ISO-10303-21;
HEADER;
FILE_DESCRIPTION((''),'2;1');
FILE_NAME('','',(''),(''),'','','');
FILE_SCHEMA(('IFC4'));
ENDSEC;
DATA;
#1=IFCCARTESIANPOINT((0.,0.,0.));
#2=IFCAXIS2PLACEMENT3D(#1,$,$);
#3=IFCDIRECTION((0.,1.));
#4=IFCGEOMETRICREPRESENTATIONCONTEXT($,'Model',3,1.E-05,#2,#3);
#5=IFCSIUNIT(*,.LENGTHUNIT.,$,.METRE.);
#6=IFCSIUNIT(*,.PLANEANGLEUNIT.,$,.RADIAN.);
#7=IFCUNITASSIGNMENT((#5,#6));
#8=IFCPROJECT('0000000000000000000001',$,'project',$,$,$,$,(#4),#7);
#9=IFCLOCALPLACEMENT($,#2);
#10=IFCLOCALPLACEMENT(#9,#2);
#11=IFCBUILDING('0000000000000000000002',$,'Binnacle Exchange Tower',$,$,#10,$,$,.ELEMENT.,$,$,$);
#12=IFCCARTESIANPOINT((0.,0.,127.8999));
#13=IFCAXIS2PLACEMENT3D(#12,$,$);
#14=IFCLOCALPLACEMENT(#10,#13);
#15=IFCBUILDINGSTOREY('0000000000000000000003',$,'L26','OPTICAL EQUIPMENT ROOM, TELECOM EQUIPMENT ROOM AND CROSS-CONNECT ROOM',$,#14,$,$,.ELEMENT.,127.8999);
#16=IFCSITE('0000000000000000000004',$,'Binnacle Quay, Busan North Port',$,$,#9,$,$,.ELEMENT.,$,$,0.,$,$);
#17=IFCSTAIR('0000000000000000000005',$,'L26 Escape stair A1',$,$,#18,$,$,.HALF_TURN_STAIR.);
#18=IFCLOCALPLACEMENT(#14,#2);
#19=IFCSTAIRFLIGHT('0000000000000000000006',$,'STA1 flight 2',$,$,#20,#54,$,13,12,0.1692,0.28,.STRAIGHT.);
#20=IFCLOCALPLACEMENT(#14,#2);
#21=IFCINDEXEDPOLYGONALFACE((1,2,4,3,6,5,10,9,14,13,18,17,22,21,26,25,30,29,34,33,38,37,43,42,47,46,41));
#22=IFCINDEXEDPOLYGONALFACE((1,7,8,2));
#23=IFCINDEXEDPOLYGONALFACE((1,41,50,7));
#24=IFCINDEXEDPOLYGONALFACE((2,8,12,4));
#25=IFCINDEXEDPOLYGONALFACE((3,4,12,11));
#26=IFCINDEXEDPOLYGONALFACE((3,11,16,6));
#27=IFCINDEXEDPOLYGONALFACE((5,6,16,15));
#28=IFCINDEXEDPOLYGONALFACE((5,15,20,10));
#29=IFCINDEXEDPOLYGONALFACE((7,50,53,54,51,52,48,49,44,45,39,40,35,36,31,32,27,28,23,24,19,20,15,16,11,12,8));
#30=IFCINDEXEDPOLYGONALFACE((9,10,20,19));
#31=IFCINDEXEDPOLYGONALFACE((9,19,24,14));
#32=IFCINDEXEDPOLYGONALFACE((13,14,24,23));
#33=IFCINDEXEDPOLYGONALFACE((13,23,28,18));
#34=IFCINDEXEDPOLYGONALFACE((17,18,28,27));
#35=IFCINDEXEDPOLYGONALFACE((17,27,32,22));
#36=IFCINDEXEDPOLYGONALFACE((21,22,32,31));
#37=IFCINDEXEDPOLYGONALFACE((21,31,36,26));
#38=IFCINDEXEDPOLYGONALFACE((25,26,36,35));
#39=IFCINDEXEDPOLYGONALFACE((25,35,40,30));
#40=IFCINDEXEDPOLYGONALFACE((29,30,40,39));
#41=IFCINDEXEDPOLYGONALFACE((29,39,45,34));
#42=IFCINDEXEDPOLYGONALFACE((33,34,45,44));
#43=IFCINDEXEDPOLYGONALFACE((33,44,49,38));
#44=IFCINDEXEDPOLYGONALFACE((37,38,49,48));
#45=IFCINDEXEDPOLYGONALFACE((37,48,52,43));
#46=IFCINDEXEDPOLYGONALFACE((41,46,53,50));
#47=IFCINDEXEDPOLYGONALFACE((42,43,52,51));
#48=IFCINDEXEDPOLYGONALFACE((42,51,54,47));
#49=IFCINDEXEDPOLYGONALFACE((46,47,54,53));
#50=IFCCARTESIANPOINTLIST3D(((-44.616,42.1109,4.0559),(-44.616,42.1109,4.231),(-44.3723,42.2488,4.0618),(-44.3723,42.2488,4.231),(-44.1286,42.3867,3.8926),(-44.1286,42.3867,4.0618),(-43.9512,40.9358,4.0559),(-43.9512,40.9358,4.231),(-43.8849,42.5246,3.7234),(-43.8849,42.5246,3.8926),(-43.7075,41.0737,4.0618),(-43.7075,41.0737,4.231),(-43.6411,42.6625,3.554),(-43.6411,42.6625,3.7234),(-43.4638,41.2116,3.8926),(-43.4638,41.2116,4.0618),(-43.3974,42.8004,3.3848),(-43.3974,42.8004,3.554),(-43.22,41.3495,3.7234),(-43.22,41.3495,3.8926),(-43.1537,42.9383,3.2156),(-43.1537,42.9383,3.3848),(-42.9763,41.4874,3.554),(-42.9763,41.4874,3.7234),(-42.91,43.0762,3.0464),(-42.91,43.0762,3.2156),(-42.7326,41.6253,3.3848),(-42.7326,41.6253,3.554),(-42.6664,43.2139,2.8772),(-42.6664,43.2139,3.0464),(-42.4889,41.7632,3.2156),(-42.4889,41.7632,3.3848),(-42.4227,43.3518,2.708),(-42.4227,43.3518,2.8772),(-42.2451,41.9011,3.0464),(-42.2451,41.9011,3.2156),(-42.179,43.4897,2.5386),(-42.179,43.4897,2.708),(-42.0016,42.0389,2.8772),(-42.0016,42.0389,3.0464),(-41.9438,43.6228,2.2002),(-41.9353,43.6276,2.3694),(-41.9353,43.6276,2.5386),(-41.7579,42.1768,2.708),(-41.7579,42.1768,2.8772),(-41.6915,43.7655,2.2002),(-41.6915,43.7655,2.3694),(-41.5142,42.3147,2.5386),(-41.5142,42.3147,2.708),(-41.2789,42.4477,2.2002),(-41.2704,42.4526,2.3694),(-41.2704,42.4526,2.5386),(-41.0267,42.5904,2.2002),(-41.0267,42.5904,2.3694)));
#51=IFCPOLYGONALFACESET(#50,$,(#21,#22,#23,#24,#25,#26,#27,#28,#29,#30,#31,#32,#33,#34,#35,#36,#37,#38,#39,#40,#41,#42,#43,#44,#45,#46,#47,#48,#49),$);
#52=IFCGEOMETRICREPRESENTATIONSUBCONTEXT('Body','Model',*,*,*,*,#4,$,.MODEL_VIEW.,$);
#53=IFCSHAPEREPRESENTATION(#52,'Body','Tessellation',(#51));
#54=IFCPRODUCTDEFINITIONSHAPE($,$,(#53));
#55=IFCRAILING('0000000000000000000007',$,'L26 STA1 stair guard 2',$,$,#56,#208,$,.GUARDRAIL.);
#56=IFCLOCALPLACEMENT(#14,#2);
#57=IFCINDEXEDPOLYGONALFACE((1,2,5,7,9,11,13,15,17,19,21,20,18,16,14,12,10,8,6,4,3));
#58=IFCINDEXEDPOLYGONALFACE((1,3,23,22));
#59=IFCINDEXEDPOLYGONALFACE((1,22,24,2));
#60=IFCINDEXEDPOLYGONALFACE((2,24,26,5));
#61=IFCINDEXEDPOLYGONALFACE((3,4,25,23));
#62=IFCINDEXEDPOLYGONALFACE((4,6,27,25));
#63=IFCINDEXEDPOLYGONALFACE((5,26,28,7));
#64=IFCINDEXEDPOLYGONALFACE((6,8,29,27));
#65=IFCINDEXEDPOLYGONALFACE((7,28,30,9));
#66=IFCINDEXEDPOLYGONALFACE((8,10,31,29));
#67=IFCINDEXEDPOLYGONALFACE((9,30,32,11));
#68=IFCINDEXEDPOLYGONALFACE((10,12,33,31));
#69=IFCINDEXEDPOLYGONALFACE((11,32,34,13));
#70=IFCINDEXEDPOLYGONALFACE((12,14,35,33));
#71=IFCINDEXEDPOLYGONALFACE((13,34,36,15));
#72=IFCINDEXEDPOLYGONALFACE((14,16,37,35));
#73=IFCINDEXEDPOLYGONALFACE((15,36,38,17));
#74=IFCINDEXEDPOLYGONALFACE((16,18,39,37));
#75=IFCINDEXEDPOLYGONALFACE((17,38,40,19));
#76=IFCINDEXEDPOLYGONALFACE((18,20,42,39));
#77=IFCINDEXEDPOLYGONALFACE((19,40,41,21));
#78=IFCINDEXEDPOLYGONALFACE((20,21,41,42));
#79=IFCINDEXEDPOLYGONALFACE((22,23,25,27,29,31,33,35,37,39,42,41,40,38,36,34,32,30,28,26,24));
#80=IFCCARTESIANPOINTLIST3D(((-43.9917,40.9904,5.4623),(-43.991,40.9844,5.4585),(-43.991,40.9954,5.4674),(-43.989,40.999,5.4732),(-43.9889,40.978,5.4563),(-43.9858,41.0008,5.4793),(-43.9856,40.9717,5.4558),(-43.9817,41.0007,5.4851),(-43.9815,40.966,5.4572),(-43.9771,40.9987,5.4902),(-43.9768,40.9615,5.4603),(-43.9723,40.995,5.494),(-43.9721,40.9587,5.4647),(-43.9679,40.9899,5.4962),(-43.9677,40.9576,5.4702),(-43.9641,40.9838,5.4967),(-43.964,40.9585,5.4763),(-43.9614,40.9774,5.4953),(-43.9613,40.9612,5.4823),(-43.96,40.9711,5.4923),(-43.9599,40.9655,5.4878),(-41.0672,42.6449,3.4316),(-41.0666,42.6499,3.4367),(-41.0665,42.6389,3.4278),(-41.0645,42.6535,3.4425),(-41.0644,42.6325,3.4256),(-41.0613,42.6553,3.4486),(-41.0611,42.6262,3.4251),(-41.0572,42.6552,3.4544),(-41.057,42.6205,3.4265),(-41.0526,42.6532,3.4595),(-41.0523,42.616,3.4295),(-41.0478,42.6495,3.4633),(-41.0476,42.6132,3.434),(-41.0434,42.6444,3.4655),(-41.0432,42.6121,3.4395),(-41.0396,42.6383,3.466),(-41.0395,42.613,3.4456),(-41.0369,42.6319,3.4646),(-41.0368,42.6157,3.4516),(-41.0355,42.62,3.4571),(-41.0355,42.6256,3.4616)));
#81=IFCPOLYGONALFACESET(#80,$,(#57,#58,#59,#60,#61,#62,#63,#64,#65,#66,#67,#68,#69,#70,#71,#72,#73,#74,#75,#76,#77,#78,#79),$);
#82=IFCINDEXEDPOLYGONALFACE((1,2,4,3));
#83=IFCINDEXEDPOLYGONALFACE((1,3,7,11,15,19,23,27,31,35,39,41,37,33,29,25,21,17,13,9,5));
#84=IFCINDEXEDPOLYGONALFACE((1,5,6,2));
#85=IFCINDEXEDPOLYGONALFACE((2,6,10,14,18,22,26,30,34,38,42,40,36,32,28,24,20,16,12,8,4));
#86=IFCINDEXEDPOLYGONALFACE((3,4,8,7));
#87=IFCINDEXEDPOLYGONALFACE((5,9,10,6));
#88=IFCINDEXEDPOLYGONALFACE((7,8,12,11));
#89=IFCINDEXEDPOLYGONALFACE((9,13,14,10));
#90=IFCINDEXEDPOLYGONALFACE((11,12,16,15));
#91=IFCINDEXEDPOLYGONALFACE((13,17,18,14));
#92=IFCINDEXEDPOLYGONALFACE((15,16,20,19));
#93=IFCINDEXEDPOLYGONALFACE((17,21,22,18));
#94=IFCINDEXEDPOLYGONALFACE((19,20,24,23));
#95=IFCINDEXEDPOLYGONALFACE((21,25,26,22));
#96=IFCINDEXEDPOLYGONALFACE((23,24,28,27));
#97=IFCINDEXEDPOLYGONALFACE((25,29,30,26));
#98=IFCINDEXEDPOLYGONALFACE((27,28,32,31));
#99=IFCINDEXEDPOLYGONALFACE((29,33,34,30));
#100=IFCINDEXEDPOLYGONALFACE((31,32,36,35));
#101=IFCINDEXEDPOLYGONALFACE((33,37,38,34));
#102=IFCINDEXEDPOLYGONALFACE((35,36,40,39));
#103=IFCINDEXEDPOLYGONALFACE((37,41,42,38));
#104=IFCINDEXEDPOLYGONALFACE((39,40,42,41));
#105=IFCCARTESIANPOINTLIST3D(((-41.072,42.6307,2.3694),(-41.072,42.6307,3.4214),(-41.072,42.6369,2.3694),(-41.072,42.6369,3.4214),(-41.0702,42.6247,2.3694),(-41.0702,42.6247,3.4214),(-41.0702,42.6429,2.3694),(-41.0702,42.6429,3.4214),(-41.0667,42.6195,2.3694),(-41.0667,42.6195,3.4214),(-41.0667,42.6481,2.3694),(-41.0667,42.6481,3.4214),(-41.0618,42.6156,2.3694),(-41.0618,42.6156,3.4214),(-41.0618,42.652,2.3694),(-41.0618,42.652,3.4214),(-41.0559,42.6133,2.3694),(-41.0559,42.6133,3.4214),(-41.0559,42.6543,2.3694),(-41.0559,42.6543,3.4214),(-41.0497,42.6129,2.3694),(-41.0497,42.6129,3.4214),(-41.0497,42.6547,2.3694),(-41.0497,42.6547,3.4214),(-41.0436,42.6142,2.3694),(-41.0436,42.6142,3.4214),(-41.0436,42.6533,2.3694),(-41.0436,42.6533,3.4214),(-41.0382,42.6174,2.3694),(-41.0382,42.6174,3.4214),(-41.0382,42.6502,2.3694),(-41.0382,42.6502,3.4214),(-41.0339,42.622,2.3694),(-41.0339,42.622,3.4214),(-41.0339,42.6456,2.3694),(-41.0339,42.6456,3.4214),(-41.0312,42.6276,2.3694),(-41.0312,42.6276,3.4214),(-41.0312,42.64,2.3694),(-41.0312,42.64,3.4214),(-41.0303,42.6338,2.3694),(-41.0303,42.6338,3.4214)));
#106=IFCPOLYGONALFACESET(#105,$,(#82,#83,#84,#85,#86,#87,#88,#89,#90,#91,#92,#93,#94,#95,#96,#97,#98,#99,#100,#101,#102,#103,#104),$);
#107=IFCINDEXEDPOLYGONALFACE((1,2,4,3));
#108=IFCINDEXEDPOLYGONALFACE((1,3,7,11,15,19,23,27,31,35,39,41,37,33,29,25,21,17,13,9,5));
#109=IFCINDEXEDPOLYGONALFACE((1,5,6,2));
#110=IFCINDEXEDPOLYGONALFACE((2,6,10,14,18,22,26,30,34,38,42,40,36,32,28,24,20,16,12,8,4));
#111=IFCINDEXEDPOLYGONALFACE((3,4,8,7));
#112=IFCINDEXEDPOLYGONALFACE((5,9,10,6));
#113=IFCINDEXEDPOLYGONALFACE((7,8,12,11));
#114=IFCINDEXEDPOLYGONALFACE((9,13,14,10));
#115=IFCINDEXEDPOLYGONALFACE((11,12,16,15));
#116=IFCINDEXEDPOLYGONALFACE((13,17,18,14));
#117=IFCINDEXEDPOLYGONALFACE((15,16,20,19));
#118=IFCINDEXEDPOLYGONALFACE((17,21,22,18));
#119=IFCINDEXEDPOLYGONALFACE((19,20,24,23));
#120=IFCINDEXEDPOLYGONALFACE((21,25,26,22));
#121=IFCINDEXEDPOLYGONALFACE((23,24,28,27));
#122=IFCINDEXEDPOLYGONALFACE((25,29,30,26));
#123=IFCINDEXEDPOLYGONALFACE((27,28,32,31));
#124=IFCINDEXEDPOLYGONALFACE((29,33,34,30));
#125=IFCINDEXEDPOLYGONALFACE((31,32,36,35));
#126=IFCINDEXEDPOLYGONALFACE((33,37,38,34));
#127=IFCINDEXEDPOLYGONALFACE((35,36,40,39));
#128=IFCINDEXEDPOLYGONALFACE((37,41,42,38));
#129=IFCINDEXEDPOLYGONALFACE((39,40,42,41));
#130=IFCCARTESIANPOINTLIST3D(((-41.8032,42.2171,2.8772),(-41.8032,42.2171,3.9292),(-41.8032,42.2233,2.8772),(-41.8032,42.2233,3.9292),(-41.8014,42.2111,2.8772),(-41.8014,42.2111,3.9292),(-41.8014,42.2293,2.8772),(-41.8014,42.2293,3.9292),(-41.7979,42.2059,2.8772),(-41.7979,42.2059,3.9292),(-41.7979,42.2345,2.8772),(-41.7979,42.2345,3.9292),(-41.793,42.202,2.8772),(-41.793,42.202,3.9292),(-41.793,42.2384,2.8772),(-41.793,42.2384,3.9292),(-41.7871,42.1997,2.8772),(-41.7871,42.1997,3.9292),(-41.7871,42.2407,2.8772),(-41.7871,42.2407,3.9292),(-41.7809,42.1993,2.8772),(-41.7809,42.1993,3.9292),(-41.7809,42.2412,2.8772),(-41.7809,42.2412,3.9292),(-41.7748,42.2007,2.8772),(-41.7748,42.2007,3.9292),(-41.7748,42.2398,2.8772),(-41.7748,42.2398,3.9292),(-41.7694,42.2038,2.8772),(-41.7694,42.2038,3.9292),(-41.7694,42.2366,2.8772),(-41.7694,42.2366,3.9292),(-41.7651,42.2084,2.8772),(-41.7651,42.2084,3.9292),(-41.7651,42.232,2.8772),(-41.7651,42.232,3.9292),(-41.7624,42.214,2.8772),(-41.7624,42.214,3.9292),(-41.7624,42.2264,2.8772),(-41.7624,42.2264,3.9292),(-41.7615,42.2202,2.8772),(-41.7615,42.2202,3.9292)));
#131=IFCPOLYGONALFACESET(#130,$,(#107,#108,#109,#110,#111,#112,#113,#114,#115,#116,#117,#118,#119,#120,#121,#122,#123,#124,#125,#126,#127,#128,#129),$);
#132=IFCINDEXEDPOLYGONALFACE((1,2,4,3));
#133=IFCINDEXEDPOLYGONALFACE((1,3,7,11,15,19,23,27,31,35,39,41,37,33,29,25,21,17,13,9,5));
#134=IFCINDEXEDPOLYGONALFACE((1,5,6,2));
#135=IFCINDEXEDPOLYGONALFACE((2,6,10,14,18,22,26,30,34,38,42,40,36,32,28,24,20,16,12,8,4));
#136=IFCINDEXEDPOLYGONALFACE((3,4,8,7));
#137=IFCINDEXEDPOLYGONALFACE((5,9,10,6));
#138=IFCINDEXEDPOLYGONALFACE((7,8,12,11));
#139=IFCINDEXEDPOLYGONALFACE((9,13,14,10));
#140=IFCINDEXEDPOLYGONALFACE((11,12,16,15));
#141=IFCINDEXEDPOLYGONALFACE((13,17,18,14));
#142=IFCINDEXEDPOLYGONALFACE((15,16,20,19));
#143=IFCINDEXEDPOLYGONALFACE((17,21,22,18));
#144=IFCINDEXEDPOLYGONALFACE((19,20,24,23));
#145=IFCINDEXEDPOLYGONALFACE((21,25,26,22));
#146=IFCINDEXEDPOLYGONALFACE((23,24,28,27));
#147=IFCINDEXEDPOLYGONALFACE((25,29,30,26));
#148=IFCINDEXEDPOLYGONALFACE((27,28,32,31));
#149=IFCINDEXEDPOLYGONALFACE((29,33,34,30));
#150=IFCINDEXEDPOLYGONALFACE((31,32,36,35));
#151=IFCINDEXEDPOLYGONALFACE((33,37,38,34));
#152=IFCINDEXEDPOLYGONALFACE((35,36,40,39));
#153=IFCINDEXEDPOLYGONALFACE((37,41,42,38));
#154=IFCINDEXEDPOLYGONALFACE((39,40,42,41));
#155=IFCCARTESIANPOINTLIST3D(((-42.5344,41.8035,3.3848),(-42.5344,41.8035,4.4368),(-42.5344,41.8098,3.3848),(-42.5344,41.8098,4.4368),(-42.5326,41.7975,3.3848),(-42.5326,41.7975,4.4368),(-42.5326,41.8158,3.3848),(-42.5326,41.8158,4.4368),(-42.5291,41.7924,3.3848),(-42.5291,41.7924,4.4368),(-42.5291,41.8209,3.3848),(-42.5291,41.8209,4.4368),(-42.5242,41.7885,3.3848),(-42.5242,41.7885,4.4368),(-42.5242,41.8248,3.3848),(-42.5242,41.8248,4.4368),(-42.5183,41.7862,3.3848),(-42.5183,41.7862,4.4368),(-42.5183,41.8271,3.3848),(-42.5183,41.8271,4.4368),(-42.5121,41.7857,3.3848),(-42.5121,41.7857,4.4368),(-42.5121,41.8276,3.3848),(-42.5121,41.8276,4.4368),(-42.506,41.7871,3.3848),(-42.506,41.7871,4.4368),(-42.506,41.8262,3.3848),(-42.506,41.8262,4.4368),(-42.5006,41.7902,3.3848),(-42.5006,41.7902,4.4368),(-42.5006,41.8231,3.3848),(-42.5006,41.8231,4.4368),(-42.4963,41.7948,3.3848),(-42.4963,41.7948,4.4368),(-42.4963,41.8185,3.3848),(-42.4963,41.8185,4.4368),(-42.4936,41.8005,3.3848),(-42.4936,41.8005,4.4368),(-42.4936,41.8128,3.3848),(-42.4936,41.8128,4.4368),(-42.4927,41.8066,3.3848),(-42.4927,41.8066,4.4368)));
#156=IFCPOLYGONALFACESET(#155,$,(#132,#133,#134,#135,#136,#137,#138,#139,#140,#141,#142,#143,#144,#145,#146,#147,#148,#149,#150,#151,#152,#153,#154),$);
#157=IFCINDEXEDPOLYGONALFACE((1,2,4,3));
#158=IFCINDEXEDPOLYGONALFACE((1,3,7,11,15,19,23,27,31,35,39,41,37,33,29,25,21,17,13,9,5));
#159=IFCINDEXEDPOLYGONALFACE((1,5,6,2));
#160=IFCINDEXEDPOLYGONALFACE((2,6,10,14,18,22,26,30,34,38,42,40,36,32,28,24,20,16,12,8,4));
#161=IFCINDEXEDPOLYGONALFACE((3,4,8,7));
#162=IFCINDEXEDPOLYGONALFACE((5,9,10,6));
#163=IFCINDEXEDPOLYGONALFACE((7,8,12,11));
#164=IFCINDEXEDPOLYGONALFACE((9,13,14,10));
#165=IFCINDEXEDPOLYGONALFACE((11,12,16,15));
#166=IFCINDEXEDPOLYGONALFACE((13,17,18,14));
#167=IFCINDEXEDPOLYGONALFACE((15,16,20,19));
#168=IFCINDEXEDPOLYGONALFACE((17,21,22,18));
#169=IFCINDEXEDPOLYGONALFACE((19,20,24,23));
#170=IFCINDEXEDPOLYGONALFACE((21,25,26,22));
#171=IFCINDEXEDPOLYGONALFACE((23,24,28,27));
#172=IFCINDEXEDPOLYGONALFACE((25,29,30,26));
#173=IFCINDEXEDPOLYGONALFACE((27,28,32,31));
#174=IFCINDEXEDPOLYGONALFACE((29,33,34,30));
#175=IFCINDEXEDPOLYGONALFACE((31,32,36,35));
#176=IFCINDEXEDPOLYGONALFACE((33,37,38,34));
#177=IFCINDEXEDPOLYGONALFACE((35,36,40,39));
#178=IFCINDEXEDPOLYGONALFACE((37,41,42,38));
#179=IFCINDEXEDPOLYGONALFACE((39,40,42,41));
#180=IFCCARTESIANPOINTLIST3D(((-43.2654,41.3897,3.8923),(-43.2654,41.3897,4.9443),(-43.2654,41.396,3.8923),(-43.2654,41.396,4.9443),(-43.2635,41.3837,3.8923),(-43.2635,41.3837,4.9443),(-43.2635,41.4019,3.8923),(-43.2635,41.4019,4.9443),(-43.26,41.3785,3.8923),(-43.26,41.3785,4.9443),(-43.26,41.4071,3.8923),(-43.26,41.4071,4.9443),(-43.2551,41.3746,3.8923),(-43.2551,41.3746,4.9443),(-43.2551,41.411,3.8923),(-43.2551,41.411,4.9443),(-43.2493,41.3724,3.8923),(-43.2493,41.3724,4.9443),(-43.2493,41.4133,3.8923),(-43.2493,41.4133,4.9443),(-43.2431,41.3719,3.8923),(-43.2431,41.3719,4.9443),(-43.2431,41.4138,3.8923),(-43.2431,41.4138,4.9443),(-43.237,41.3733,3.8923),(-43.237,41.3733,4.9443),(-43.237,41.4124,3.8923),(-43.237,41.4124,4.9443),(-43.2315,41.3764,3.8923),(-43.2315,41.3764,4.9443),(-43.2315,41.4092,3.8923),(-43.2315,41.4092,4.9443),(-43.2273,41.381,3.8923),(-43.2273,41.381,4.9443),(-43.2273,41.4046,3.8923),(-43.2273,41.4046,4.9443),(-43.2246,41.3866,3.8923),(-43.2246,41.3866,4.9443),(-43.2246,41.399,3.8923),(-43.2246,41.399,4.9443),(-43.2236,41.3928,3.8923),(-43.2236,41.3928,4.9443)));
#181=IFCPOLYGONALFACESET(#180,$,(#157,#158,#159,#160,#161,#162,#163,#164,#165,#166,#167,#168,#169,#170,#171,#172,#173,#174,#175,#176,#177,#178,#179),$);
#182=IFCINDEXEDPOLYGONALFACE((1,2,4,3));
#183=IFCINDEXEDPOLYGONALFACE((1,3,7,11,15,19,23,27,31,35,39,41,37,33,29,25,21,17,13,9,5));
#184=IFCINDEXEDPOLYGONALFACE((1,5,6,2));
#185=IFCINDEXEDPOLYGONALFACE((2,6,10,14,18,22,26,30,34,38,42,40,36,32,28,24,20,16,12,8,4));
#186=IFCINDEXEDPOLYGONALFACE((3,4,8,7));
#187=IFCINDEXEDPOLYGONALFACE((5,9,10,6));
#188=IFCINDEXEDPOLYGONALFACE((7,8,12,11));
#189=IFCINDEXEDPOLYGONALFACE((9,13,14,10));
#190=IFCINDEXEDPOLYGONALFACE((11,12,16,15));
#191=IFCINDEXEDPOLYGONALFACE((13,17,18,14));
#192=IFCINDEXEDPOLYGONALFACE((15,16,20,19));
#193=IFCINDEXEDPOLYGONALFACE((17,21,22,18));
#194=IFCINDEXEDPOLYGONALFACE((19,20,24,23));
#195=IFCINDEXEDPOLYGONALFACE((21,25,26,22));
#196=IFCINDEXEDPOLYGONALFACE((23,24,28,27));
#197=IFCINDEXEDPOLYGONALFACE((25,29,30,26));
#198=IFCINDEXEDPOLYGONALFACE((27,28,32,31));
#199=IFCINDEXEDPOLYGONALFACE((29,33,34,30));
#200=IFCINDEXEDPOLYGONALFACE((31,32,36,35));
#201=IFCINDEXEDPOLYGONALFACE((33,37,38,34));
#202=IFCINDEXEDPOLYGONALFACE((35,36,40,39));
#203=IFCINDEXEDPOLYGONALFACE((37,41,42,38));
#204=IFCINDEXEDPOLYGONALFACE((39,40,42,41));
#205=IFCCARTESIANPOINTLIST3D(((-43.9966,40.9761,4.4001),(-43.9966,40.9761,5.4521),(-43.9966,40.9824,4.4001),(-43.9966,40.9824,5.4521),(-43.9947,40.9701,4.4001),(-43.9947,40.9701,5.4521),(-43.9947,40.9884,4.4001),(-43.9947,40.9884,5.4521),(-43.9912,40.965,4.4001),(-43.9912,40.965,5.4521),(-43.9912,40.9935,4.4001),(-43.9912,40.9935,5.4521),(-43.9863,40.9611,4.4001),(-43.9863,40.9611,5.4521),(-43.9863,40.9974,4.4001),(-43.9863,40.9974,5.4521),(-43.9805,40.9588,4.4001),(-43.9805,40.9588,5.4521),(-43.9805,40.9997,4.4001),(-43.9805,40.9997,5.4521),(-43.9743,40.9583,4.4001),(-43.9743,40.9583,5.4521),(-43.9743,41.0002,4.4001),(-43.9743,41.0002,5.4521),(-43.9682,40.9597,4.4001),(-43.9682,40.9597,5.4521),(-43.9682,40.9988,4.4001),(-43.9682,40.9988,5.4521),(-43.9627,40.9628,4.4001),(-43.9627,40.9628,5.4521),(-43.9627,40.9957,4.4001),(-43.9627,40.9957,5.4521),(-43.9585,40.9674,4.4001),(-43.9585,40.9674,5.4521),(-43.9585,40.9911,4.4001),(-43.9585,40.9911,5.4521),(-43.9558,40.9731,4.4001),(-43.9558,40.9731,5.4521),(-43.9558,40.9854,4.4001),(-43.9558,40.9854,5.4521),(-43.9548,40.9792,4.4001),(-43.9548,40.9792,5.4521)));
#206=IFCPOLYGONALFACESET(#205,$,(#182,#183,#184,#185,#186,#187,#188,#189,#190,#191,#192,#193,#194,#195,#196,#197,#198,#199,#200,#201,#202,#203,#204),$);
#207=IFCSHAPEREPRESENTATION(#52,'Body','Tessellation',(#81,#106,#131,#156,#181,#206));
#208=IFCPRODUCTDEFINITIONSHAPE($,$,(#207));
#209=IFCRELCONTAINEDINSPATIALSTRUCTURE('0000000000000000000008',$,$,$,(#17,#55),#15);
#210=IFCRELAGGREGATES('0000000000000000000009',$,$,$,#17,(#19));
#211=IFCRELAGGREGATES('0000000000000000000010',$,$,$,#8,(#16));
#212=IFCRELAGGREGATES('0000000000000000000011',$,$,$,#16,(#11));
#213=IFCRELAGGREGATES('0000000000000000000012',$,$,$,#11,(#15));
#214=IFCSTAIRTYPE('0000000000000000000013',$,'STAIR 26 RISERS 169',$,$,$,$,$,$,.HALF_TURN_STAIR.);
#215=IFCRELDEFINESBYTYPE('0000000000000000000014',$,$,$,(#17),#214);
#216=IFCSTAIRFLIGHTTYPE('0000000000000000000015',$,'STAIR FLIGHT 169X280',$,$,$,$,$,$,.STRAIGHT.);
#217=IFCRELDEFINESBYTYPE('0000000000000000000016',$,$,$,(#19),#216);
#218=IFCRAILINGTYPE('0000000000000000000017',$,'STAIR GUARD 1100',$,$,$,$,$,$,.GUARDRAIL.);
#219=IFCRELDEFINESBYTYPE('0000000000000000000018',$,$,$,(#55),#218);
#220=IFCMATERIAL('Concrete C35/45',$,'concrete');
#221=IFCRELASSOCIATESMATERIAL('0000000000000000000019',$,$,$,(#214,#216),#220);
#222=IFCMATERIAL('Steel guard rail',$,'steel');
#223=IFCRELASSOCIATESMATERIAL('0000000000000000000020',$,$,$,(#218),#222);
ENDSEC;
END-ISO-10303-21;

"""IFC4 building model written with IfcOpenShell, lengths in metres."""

from ifc_helpers import new_model, si_unit, direction, frame, origin, origin_2d, place, context, subcontext, project, spatial, polyline, circle, outline, extrude, material, type_object, element, aggregate, save


model = new_model("IFC4")

# Units and contexts
model_context = context("Model", 3, precision=1e-05, world=origin(), true_north=direction((0.0, 1.0)))
body_context = subcontext(model_context, "Body", "Model", "MODEL_VIEW")
ifc_project = project(units=[si_unit("LENGTHUNIT", "METRE"), si_unit("PLANEANGLEUNIT", "RADIAN")], contexts=[model_context])

# Site, building, storey
site_placement = place(None, origin())
site = spatial("IfcSite", under=ifc_project, at=site_placement, Name="Binnacle Quay, Busan North Port", CompositionType="ELEMENT", RefElevation=0.0)
building_placement = place(site_placement, origin())
building = spatial("IfcBuilding", under=site, at=building_placement, Name="Binnacle Exchange Tower", CompositionType="ELEMENT")
storey_placement = place(building_placement, frame((0.0, 0.0, 127.8999)))
storey = spatial("IfcBuildingStorey", under=building, at=storey_placement, Name="L26", Description="OPTICAL EQUIPMENT ROOM, TELECOM EQUIPMENT ROOM AND CROSS-CONNECT ROOM", CompositionType="ELEMENT", Elevation=127.8999)

# Stair, stair flight
ifc_material_1 = material(Name="Concrete C35/45", Category="concrete")
stair_type = type_object("IfcStairType", Name="STAIR 26 RISERS 169", PredefinedType="HALF_TURN_STAIR", material=ifc_material_1)
stair_placement = place(storey_placement, origin())
stair = element("IfcStair", 1, at=stair_placement, inside=storey, type_object=stair_type, Name="L26 Escape stair A1", PredefinedType="HALF_TURN_STAIR")
stair_flight_type = type_object("IfcStairFlightType", Name="STAIR FLIGHT 169X280", PredefinedType="STRAIGHT", material=ifc_material_1)
stair_flight_1_placement = place(storey_placement, frame((-41.3591, 43.178, 2.2002), z_axis=(0.0, 0.0, 1.0), x_axis=(-0.870356, -0.492424, 0.0)))
stair_flight_1 = element("IfcStairFlight", 2, at=stair_flight_1_placement, type_object=stair_flight_type, Name="STA1 flight 2", NumberOfRisers=13, NumberOfTreads=12, PredefinedType="STRAIGHT", RiserHeight=0.1692, TreadLength=0.28, context=body_context, shape_type="SweptSolid", body=[
    extrude(outline(polyline([(0.0, 0.0), (0.0, 0.1692), (0.28, 0.1692), (0.28, 0.3384), (0.5601, 0.3384), (0.5601, 0.5078), (0.8401, 0.5078), (0.8401, 0.677), (1.1201, 0.677), (1.1201, 0.8462), (1.3999, 0.8462), (1.3999, 1.0154), (1.6799, 1.0154), (1.6799, 1.1846), (1.96, 1.1846), (1.96, 1.3538), (2.24, 1.3538), (2.24, 1.5232), (2.52, 1.5232), (2.52, 1.6924), (2.8, 1.6924), (2.8, 1.8616), (3.0801, 1.8616), (3.0801, 2.0308), (3.3601, 2.0308), (3.3601, 2.2), (3.3601, 1.8557), (0.2898, 0.0), (0.0, 0.0)])), frame((0.0, 0.675, 0.0), z_axis=(0.0, -1.0, 0.0), x_axis=(1.0, 0.0, 0.0)), (0.0, 0.0, 1.0), 1.3501),
])
aggregate(stair, [stair_flight_1])

# Railing
ifc_material_2 = material(Name="Steel guard rail", Category="steel")
railing_type_1 = type_object("IfcRailingType", Name="STAIR GUARD 1100", PredefinedType="GUARDRAIL", material=ifc_material_2)
railing_1_placement = place(storey_placement, frame((-41.0513, 42.6338, 2.3694)))
element("IfcRailing", 3, at=railing_1_placement, inside=storey, type_object=railing_type_1, Name="L26 STA1 stair guard 2", PredefinedType="GUARDRAIL", context=body_context, shape_type="SweptSolid", body=[
    extrude(circle(Radius=0.0239, at=origin_2d()), frame((0.0, 0.0, 1.0762), z_axis=(-0.744895, -0.421417, 0.517242), x_axis=(0.492402, -0.870368, 0.0)), (0.0, 0.0, 1.0), 3.926),
    extrude(circle(Radius=0.021, at=origin_2d()), origin(), (0.0, 0.0, 1.0), 1.052),
    extrude(circle(Radius=0.021, at=origin_2d()), frame((-0.7312, -0.4136, 0.5078)), (0.0, 0.0, 1.0), 1.052),
    extrude(circle(Radius=0.021, at=origin_2d()), frame((-1.4624, -0.8271, 1.0154)), (0.0, 0.0, 1.0), 1.052),
    extrude(circle(Radius=0.021, at=origin_2d()), frame((-2.1934, -1.241, 1.5229)), (0.0, 0.0, 1.0), 1.052),
    extrude(circle(Radius=0.021, at=origin_2d()), frame((-2.9246, -1.6545, 2.0308)), (0.0, 0.0, 1.0), 1.052),
])

save(model, "model.ifc")
